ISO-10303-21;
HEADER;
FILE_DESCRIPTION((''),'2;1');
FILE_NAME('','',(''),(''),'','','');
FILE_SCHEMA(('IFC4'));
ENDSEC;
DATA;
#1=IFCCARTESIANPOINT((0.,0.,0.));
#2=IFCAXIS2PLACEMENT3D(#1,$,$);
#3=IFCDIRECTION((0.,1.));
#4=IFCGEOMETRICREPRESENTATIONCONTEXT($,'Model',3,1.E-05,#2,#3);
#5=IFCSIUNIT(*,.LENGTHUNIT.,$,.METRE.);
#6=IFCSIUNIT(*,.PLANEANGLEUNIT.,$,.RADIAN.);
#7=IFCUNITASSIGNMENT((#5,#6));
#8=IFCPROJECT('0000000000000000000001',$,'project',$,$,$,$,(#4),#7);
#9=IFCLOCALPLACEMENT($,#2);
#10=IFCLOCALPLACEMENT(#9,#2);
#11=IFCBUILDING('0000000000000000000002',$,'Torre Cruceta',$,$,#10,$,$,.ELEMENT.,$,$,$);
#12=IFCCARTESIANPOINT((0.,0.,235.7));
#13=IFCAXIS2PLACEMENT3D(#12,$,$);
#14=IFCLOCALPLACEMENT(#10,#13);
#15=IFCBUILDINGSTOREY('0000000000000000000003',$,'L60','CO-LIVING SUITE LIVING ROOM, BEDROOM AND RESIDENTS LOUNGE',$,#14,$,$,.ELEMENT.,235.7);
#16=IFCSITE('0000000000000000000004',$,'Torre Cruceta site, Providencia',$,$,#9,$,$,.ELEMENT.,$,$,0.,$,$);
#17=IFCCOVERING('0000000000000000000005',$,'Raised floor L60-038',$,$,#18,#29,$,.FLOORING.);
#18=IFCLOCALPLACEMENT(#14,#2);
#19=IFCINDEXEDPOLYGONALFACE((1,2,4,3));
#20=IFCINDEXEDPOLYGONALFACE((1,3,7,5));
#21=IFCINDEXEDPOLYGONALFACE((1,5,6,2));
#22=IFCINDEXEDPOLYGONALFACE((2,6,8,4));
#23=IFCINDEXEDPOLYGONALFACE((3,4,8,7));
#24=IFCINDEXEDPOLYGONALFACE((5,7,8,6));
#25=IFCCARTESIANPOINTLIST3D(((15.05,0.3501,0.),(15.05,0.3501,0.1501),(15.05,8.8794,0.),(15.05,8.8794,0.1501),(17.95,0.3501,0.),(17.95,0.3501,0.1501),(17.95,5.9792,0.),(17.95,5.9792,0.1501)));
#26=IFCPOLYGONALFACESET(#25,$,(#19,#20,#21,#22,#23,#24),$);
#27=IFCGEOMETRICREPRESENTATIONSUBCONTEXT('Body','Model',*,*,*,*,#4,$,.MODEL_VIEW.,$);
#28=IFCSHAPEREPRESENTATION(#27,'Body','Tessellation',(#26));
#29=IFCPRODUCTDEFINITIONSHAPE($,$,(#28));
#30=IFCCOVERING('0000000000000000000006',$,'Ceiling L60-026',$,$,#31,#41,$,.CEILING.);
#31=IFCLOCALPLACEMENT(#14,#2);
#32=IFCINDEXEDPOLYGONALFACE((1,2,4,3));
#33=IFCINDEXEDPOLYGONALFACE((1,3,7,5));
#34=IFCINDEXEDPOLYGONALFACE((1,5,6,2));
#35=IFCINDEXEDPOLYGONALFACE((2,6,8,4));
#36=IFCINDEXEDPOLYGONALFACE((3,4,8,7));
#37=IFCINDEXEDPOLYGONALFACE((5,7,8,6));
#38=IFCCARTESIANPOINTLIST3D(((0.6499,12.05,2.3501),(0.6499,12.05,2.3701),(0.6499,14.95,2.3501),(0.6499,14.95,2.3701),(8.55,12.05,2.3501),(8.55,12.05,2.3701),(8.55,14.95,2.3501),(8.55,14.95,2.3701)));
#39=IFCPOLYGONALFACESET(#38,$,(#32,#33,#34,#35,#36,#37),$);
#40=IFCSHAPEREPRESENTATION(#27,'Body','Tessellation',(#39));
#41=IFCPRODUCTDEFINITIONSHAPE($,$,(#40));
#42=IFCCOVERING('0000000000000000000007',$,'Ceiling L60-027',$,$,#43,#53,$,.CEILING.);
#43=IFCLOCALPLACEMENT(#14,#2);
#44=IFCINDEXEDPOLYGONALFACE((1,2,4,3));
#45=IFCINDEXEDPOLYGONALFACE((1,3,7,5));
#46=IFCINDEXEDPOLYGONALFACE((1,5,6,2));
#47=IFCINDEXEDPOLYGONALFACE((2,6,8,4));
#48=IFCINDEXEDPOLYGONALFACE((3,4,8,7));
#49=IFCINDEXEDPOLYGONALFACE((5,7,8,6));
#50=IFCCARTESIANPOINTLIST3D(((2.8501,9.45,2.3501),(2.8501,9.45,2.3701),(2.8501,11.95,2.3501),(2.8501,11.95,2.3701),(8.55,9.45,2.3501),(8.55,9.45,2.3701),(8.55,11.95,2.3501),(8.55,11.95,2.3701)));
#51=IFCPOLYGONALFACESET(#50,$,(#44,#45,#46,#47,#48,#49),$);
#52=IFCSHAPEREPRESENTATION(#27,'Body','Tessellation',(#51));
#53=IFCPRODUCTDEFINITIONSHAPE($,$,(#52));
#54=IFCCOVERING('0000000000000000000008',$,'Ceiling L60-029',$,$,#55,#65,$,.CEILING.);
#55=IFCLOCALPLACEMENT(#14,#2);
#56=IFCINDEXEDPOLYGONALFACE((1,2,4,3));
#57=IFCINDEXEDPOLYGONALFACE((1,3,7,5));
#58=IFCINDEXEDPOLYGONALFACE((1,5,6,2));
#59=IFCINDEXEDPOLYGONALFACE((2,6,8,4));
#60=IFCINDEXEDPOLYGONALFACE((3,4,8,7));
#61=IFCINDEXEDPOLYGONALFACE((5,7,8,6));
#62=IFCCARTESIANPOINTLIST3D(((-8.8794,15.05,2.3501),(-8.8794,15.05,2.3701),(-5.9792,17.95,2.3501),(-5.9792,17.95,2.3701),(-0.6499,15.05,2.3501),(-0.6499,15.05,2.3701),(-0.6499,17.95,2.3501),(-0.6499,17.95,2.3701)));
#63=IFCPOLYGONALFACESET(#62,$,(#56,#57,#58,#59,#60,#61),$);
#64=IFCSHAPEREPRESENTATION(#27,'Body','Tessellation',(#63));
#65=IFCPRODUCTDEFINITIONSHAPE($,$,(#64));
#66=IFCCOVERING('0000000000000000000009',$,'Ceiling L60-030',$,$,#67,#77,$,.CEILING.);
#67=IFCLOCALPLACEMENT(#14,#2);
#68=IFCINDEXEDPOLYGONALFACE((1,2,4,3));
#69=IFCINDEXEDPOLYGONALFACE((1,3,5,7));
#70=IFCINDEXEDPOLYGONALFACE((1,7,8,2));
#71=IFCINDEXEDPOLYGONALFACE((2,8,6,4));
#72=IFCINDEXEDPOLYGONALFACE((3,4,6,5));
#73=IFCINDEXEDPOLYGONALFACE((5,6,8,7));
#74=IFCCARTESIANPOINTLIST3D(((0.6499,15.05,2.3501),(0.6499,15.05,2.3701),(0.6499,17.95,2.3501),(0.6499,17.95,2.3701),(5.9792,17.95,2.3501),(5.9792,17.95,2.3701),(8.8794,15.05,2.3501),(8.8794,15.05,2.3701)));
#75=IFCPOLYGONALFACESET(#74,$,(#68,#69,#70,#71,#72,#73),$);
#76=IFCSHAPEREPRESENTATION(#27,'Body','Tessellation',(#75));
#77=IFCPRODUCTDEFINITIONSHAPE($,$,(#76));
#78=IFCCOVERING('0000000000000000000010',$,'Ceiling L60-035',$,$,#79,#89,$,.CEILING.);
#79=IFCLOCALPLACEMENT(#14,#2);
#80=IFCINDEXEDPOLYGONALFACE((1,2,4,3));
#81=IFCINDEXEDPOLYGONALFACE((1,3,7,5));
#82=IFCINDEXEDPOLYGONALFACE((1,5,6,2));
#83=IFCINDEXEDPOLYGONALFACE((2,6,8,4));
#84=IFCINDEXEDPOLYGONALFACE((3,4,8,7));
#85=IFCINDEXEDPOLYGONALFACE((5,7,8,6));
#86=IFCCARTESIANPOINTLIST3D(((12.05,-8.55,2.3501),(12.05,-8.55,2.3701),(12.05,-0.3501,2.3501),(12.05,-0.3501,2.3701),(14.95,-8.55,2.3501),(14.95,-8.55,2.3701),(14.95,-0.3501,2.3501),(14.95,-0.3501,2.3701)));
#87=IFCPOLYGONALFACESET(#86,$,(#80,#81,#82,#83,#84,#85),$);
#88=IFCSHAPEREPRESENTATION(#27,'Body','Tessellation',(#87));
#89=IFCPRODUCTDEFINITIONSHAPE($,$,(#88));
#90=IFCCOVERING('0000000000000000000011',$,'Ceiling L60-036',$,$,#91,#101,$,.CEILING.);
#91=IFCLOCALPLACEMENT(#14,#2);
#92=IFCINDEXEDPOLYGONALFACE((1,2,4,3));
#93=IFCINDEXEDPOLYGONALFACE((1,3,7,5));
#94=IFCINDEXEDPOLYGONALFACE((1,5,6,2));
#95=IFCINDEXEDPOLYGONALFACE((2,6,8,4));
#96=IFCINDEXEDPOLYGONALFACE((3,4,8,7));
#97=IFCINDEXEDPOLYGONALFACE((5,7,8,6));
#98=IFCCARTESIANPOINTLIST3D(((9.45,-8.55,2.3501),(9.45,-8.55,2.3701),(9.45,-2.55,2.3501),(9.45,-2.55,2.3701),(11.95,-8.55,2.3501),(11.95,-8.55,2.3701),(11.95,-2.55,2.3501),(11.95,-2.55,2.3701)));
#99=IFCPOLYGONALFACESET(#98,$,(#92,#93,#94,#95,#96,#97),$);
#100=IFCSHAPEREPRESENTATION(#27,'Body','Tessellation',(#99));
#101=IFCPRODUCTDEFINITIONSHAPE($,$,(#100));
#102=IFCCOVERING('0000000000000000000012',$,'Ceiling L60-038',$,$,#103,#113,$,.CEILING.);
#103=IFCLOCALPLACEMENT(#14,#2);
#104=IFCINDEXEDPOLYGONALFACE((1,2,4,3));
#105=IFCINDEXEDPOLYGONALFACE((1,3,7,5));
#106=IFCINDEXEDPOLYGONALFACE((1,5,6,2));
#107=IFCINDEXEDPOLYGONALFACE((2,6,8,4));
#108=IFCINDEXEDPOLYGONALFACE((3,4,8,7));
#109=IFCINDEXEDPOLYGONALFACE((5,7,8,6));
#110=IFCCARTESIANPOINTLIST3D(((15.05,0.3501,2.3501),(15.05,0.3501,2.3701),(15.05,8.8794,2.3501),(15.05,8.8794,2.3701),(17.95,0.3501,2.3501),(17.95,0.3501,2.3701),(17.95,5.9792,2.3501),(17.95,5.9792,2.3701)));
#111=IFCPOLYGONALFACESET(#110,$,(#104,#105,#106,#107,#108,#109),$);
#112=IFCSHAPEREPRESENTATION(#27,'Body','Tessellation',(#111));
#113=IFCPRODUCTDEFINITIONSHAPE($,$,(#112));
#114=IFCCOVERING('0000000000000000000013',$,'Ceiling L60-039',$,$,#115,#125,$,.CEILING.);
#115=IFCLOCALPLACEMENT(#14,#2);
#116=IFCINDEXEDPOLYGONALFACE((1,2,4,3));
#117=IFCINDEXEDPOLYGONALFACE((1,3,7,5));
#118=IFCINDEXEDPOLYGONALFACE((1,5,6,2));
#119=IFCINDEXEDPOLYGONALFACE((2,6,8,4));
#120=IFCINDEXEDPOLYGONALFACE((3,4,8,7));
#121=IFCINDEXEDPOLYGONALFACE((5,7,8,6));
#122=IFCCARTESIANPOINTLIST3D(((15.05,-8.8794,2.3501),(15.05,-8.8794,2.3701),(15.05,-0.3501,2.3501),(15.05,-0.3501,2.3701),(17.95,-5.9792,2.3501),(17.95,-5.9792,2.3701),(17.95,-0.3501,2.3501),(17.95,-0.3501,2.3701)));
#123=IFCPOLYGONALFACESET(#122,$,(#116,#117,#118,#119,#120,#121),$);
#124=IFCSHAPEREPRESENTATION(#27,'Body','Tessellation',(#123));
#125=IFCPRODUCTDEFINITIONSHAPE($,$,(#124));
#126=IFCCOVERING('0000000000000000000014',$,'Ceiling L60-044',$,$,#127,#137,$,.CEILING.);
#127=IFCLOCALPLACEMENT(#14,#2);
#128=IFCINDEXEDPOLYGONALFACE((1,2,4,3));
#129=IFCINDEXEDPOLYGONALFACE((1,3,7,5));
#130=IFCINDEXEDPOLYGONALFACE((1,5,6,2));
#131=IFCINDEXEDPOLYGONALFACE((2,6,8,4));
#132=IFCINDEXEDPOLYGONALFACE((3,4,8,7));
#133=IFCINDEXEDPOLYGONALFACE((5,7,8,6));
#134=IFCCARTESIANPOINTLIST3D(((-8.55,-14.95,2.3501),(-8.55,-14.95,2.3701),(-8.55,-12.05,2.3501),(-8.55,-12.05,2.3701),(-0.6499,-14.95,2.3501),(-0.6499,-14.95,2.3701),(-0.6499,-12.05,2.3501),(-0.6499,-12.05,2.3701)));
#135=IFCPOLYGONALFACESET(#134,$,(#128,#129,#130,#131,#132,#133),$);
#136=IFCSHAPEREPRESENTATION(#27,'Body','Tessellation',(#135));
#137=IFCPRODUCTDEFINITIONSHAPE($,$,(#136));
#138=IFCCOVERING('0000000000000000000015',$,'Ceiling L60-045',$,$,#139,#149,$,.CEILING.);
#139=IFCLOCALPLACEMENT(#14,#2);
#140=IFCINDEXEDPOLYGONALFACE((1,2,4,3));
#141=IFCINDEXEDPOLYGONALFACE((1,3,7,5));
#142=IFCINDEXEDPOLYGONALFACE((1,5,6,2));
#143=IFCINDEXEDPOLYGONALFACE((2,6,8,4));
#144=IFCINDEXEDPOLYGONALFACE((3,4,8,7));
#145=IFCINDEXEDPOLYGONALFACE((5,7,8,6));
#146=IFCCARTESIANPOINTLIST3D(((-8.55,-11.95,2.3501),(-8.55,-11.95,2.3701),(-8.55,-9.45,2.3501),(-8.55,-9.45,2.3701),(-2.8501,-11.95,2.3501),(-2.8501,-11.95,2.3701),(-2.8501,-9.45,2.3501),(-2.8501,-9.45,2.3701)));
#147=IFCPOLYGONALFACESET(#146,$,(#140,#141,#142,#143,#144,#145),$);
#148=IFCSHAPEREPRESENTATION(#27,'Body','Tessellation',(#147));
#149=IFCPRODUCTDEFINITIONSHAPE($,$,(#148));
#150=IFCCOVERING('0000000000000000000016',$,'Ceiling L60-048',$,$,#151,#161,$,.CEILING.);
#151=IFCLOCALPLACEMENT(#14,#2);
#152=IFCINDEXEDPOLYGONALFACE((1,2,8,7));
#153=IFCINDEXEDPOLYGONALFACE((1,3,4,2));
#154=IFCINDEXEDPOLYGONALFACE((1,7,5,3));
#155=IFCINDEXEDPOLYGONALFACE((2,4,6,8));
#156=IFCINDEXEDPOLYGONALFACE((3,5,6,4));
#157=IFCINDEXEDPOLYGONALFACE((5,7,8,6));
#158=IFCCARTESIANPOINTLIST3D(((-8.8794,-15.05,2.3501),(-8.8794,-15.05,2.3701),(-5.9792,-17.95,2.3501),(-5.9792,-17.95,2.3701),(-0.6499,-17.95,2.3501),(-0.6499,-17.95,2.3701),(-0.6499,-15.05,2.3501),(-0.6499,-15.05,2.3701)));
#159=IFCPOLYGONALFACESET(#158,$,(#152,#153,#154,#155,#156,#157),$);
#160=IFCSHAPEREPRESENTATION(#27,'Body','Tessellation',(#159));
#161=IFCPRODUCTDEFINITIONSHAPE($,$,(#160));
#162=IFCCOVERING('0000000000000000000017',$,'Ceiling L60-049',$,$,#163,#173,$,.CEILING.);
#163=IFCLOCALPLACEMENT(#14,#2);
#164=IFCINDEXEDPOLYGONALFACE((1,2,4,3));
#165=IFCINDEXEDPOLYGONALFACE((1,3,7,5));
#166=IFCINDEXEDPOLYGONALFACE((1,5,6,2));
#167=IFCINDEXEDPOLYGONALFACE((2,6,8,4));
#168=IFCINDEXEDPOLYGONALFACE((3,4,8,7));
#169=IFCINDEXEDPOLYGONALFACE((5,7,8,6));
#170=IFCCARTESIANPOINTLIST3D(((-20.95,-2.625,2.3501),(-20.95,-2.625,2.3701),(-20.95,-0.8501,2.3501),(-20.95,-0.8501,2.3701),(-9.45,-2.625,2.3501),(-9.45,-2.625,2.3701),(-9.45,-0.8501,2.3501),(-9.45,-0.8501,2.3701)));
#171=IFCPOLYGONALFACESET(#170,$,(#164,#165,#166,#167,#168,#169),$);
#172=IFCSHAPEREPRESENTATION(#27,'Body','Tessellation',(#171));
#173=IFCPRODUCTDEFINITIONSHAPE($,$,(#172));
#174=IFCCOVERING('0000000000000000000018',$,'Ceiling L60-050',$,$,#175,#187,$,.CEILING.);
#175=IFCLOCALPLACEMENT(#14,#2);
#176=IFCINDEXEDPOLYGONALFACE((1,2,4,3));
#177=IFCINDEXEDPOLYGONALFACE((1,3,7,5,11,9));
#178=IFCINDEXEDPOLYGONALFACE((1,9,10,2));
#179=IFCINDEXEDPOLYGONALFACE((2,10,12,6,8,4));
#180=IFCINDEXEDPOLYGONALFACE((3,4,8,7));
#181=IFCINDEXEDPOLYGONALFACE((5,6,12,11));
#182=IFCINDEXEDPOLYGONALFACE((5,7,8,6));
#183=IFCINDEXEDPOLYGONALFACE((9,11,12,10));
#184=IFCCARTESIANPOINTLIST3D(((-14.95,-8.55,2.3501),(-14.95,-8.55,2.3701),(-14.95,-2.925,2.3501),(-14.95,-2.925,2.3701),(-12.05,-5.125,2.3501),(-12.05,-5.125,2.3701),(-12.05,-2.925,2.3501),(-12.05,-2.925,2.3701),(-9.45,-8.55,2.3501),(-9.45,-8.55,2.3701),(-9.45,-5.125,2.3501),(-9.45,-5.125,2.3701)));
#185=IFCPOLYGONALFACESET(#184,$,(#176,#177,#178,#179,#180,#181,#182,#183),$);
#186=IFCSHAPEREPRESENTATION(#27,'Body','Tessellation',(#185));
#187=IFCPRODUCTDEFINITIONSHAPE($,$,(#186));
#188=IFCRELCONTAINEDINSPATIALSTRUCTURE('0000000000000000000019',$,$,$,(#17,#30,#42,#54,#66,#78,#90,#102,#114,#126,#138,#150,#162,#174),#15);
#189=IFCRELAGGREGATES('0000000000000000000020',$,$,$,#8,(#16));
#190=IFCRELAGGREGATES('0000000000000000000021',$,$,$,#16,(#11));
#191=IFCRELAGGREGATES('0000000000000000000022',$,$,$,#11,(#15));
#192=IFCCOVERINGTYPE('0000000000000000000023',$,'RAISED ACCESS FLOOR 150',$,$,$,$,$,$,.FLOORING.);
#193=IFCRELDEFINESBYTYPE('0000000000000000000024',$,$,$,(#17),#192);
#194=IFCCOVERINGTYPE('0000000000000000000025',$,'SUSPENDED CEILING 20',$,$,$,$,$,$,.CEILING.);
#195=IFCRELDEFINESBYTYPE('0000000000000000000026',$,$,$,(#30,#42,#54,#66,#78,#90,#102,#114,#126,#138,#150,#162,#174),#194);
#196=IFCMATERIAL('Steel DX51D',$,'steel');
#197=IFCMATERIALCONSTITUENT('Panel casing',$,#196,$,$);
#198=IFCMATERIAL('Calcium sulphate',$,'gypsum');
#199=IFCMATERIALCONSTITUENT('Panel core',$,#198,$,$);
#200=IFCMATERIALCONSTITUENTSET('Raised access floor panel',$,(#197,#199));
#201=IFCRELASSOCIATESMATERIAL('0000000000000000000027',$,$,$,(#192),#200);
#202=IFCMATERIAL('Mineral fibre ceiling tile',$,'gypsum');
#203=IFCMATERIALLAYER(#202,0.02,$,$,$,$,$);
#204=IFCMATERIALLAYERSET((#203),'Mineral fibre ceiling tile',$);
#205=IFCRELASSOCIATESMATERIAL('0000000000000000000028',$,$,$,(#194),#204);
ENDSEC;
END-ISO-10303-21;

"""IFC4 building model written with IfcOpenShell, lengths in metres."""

from ifc_helpers import new_model, si_unit, direction, frame, origin, place, context, subcontext, project, spatial, polyline, outline, extrude, material, layer, layer_set, constituent, constituent_set, type_object, element, save


model = new_model("IFC4")

# Units and contexts
model_context = context("Model", 3, precision=1e-05, world=origin(), true_north=direction((0.0, 1.0)))
body_context = subcontext(model_context, "Body", "Model", "MODEL_VIEW")
ifc_project = project(units=[si_unit("LENGTHUNIT", "METRE"), si_unit("PLANEANGLEUNIT", "RADIAN")], contexts=[model_context])

# Site, building, storey
site_placement = place(None, origin())
site = spatial("IfcSite", under=ifc_project, at=site_placement, Name="Torre Cruceta site, Providencia", CompositionType="ELEMENT", RefElevation=0.0)
building_placement = place(site_placement, origin())
building = spatial("IfcBuilding", under=site, at=building_placement, Name="Torre Cruceta", CompositionType="ELEMENT")
storey_placement = place(building_placement, frame((0.0, 0.0, 235.7)))
storey = spatial("IfcBuildingStorey", under=building, at=storey_placement, Name="L60", Description="CO-LIVING SUITE LIVING ROOM, BEDROOM AND RESIDENTS LOUNGE", CompositionType="ELEMENT", Elevation=235.7)

# Coverings
ifc_material_1 = material(Name="Steel DX51D", Category="steel")
ifc_constituent_1 = constituent(ifc_material_1, Name="Panel casing")
ifc_material_2 = material(Name="Calcium sulphate", Category="gypsum")
ifc_constituent_2 = constituent(ifc_material_2, Name="Panel core")
ifc_constituent_set_1 = constituent_set(constituents=[ifc_constituent_1, ifc_constituent_2], Name="Raised access floor panel")
covering_type_1 = type_object("IfcCoveringType", Name="RAISED ACCESS FLOOR 150", PredefinedType="FLOORING", material=ifc_constituent_set_1)
covering_1_placement = place(storey_placement, origin())
element("IfcCovering", 1, at=covering_1_placement, inside=storey, type_object=covering_type_1, Name="Raised floor L60-038", PredefinedType="FLOORING", context=body_context, shape_type="SweptSolid", body=[
    extrude(outline(polyline([(17.95, 5.9792), (17.95, 0.3501), (15.05, 0.3501), (15.05, 8.8794), (17.95, 5.9792)])), origin(), (0.0, 0.0, 1.0), 0.1501),
])
ifc_material_3 = material(Name="Mineral fibre ceiling tile", Category="gypsum")
ifc_layer_1 = layer(ifc_material_3, 0.02)
ifc_layer_set_1 = layer_set([ifc_layer_1], Name="Mineral fibre ceiling tile")
covering_type_2 = type_object("IfcCoveringType", Name="SUSPENDED CEILING 20", PredefinedType="CEILING", material=ifc_layer_set_1)
covering_2_placement = place(storey_placement, frame((0.0, 0.0, 2.3501)))
element("IfcCovering", 2, at=covering_2_placement, inside=storey, type_object=covering_type_2, Name="Ceiling L60-026", PredefinedType="CEILING", context=body_context, shape_type="SweptSolid", body=[
    extrude(outline(polyline([(8.55, 14.95), (8.55, 12.05), (0.6499, 12.05), (0.6499, 14.95), (8.55, 14.95)])), origin(), (0.0, 0.0, 1.0), 0.02),
])
covering_3_placement = place(storey_placement, frame((0.0, 0.0, 2.3501)))
element("IfcCovering", 3, at=covering_3_placement, inside=storey, type_object=covering_type_2, Name="Ceiling L60-027", PredefinedType="CEILING", context=body_context, shape_type="SweptSolid", body=[
    extrude(outline(polyline([(8.55, 9.45), (2.8501, 9.45), (2.8501, 11.95), (8.55, 11.95), (8.55, 9.45)])), origin(), (0.0, 0.0, 1.0), 0.02),
])
covering_4_placement = place(storey_placement, frame((0.0, 0.0, 2.3501)))
element("IfcCovering", 4, at=covering_4_placement, inside=storey, type_object=covering_type_2, Name="Ceiling L60-029", PredefinedType="CEILING", context=body_context, shape_type="SweptSolid", body=[
    extrude(outline(polyline([(-5.9792, 17.95), (-0.6499, 17.95), (-0.6499, 15.05), (-8.8794, 15.05), (-5.9792, 17.95)])), origin(), (0.0, 0.0, 1.0), 0.02),
])
covering_5_placement = place(storey_placement, frame((0.0, 0.0, 2.3501)))
element("IfcCovering", 5, at=covering_5_placement, inside=storey, type_object=covering_type_2, Name="Ceiling L60-030", PredefinedType="CEILING", context=body_context, shape_type="SweptSolid", body=[
    extrude(outline(polyline([(8.8794, 15.05), (0.6499, 15.05), (0.6499, 17.95), (5.9792, 17.95), (8.8794, 15.05)])), origin(), (0.0, 0.0, 1.0), 0.02),
])
covering_6_placement = place(storey_placement, frame((0.0, 0.0, 2.3501)))
element("IfcCovering", 6, at=covering_6_placement, inside=storey, type_object=covering_type_2, Name="Ceiling L60-035", PredefinedType="CEILING", context=body_context, shape_type="SweptSolid", body=[
    extrude(outline(polyline([(14.95, -8.55), (12.05, -8.55), (12.05, -0.3501), (14.95, -0.3501), (14.95, -8.55)])), origin(), (0.0, 0.0, 1.0), 0.02),
])
covering_7_placement = place(storey_placement, frame((0.0, 0.0, 2.3501)))
element("IfcCovering", 7, at=covering_7_placement, inside=storey, type_object=covering_type_2, Name="Ceiling L60-036", PredefinedType="CEILING", context=body_context, shape_type="SweptSolid", body=[
    extrude(outline(polyline([(9.45, -8.55), (9.45, -2.55), (11.95, -2.55), (11.95, -8.55), (9.45, -8.55)])), origin(), (0.0, 0.0, 1.0), 0.02),
])
covering_8_placement = place(storey_placement, frame((0.0, 0.0, 2.3501)))
element("IfcCovering", 8, at=covering_8_placement, inside=storey, type_object=covering_type_2, Name="Ceiling L60-038", PredefinedType="CEILING", context=body_context, shape_type="SweptSolid", body=[
    extrude(outline(polyline([(17.95, 5.9792), (17.95, 0.3501), (15.05, 0.3501), (15.05, 8.8794), (17.95, 5.9792)])), origin(), (0.0, 0.0, 1.0), 0.02),
])
covering_9_placement = place(storey_placement, frame((0.0, 0.0, 2.3501)))
element("IfcCovering", 9, at=covering_9_placement, inside=storey, type_object=covering_type_2, Name="Ceiling L60-039", PredefinedType="CEILING", context=body_context, shape_type="SweptSolid", body=[
    extrude(outline(polyline([(15.05, -8.8794), (15.05, -0.3501), (17.95, -0.3501), (17.95, -5.9792), (15.05, -8.8794)])), origin(), (0.0, 0.0, 1.0), 0.02),
])
covering_10_placement = place(storey_placement, frame((0.0, 0.0, 2.3501)))
element("IfcCovering", 10, at=covering_10_placement, inside=storey, type_object=covering_type_2, Name="Ceiling L60-044", PredefinedType="CEILING", context=body_context, shape_type="SweptSolid", body=[
    extrude(outline(polyline([(-8.55, -14.95), (-8.55, -12.05), (-0.6499, -12.05), (-0.6499, -14.95), (-8.55, -14.95)])), origin(), (0.0, 0.0, 1.0), 0.02),
])
covering_11_placement = place(storey_placement, frame((0.0, 0.0, 2.3501)))
element("IfcCovering", 11, at=covering_11_placement, inside=storey, type_object=covering_type_2, Name="Ceiling L60-045", PredefinedType="CEILING", context=body_context, shape_type="SweptSolid", body=[
    extrude(outline(polyline([(-8.55, -9.45), (-2.8501, -9.45), (-2.8501, -11.95), (-8.55, -11.95), (-8.55, -9.45)])), origin(), (0.0, 0.0, 1.0), 0.02),
])
covering_12_placement = place(storey_placement, frame((0.0, 0.0, 2.3501)))
element("IfcCovering", 12, at=covering_12_placement, inside=storey, type_object=covering_type_2, Name="Ceiling L60-048", PredefinedType="CEILING", context=body_context, shape_type="SweptSolid", body=[
    extrude(outline(polyline([(-8.8794, -15.05), (-0.6499, -15.05), (-0.6499, -17.95), (-5.9792, -17.95), (-8.8794, -15.05)])), origin(), (0.0, 0.0, 1.0), 0.02),
])
covering_13_placement = place(storey_placement, frame((0.0, 0.0, 2.3501)))
element("IfcCovering", 13, at=covering_13_placement, inside=storey, type_object=covering_type_2, Name="Ceiling L60-049", PredefinedType="CEILING", context=body_context, shape_type="SweptSolid", body=[
    extrude(outline(polyline([(-9.45, -0.8501), (-9.45, -2.625), (-20.95, -2.625), (-20.95, -0.8501), (-9.45, -0.8501)])), origin(), (0.0, 0.0, 1.0), 0.02),
])
covering_14_placement = place(storey_placement, frame((0.0, 0.0, 2.3501)))
element("IfcCovering", 14, at=covering_14_placement, inside=storey, type_object=covering_type_2, Name="Ceiling L60-050", PredefinedType="CEILING", context=body_context, shape_type="SweptSolid", body=[
    extrude(outline(polyline([(-9.45, -8.55), (-14.95, -8.55), (-14.95, -2.925), (-12.05, -2.925), (-12.05, -5.125), (-9.45, -5.125), (-9.45, -8.55)])), origin(), (0.0, 0.0, 1.0), 0.02),
])

save(model, "model.ifc")
